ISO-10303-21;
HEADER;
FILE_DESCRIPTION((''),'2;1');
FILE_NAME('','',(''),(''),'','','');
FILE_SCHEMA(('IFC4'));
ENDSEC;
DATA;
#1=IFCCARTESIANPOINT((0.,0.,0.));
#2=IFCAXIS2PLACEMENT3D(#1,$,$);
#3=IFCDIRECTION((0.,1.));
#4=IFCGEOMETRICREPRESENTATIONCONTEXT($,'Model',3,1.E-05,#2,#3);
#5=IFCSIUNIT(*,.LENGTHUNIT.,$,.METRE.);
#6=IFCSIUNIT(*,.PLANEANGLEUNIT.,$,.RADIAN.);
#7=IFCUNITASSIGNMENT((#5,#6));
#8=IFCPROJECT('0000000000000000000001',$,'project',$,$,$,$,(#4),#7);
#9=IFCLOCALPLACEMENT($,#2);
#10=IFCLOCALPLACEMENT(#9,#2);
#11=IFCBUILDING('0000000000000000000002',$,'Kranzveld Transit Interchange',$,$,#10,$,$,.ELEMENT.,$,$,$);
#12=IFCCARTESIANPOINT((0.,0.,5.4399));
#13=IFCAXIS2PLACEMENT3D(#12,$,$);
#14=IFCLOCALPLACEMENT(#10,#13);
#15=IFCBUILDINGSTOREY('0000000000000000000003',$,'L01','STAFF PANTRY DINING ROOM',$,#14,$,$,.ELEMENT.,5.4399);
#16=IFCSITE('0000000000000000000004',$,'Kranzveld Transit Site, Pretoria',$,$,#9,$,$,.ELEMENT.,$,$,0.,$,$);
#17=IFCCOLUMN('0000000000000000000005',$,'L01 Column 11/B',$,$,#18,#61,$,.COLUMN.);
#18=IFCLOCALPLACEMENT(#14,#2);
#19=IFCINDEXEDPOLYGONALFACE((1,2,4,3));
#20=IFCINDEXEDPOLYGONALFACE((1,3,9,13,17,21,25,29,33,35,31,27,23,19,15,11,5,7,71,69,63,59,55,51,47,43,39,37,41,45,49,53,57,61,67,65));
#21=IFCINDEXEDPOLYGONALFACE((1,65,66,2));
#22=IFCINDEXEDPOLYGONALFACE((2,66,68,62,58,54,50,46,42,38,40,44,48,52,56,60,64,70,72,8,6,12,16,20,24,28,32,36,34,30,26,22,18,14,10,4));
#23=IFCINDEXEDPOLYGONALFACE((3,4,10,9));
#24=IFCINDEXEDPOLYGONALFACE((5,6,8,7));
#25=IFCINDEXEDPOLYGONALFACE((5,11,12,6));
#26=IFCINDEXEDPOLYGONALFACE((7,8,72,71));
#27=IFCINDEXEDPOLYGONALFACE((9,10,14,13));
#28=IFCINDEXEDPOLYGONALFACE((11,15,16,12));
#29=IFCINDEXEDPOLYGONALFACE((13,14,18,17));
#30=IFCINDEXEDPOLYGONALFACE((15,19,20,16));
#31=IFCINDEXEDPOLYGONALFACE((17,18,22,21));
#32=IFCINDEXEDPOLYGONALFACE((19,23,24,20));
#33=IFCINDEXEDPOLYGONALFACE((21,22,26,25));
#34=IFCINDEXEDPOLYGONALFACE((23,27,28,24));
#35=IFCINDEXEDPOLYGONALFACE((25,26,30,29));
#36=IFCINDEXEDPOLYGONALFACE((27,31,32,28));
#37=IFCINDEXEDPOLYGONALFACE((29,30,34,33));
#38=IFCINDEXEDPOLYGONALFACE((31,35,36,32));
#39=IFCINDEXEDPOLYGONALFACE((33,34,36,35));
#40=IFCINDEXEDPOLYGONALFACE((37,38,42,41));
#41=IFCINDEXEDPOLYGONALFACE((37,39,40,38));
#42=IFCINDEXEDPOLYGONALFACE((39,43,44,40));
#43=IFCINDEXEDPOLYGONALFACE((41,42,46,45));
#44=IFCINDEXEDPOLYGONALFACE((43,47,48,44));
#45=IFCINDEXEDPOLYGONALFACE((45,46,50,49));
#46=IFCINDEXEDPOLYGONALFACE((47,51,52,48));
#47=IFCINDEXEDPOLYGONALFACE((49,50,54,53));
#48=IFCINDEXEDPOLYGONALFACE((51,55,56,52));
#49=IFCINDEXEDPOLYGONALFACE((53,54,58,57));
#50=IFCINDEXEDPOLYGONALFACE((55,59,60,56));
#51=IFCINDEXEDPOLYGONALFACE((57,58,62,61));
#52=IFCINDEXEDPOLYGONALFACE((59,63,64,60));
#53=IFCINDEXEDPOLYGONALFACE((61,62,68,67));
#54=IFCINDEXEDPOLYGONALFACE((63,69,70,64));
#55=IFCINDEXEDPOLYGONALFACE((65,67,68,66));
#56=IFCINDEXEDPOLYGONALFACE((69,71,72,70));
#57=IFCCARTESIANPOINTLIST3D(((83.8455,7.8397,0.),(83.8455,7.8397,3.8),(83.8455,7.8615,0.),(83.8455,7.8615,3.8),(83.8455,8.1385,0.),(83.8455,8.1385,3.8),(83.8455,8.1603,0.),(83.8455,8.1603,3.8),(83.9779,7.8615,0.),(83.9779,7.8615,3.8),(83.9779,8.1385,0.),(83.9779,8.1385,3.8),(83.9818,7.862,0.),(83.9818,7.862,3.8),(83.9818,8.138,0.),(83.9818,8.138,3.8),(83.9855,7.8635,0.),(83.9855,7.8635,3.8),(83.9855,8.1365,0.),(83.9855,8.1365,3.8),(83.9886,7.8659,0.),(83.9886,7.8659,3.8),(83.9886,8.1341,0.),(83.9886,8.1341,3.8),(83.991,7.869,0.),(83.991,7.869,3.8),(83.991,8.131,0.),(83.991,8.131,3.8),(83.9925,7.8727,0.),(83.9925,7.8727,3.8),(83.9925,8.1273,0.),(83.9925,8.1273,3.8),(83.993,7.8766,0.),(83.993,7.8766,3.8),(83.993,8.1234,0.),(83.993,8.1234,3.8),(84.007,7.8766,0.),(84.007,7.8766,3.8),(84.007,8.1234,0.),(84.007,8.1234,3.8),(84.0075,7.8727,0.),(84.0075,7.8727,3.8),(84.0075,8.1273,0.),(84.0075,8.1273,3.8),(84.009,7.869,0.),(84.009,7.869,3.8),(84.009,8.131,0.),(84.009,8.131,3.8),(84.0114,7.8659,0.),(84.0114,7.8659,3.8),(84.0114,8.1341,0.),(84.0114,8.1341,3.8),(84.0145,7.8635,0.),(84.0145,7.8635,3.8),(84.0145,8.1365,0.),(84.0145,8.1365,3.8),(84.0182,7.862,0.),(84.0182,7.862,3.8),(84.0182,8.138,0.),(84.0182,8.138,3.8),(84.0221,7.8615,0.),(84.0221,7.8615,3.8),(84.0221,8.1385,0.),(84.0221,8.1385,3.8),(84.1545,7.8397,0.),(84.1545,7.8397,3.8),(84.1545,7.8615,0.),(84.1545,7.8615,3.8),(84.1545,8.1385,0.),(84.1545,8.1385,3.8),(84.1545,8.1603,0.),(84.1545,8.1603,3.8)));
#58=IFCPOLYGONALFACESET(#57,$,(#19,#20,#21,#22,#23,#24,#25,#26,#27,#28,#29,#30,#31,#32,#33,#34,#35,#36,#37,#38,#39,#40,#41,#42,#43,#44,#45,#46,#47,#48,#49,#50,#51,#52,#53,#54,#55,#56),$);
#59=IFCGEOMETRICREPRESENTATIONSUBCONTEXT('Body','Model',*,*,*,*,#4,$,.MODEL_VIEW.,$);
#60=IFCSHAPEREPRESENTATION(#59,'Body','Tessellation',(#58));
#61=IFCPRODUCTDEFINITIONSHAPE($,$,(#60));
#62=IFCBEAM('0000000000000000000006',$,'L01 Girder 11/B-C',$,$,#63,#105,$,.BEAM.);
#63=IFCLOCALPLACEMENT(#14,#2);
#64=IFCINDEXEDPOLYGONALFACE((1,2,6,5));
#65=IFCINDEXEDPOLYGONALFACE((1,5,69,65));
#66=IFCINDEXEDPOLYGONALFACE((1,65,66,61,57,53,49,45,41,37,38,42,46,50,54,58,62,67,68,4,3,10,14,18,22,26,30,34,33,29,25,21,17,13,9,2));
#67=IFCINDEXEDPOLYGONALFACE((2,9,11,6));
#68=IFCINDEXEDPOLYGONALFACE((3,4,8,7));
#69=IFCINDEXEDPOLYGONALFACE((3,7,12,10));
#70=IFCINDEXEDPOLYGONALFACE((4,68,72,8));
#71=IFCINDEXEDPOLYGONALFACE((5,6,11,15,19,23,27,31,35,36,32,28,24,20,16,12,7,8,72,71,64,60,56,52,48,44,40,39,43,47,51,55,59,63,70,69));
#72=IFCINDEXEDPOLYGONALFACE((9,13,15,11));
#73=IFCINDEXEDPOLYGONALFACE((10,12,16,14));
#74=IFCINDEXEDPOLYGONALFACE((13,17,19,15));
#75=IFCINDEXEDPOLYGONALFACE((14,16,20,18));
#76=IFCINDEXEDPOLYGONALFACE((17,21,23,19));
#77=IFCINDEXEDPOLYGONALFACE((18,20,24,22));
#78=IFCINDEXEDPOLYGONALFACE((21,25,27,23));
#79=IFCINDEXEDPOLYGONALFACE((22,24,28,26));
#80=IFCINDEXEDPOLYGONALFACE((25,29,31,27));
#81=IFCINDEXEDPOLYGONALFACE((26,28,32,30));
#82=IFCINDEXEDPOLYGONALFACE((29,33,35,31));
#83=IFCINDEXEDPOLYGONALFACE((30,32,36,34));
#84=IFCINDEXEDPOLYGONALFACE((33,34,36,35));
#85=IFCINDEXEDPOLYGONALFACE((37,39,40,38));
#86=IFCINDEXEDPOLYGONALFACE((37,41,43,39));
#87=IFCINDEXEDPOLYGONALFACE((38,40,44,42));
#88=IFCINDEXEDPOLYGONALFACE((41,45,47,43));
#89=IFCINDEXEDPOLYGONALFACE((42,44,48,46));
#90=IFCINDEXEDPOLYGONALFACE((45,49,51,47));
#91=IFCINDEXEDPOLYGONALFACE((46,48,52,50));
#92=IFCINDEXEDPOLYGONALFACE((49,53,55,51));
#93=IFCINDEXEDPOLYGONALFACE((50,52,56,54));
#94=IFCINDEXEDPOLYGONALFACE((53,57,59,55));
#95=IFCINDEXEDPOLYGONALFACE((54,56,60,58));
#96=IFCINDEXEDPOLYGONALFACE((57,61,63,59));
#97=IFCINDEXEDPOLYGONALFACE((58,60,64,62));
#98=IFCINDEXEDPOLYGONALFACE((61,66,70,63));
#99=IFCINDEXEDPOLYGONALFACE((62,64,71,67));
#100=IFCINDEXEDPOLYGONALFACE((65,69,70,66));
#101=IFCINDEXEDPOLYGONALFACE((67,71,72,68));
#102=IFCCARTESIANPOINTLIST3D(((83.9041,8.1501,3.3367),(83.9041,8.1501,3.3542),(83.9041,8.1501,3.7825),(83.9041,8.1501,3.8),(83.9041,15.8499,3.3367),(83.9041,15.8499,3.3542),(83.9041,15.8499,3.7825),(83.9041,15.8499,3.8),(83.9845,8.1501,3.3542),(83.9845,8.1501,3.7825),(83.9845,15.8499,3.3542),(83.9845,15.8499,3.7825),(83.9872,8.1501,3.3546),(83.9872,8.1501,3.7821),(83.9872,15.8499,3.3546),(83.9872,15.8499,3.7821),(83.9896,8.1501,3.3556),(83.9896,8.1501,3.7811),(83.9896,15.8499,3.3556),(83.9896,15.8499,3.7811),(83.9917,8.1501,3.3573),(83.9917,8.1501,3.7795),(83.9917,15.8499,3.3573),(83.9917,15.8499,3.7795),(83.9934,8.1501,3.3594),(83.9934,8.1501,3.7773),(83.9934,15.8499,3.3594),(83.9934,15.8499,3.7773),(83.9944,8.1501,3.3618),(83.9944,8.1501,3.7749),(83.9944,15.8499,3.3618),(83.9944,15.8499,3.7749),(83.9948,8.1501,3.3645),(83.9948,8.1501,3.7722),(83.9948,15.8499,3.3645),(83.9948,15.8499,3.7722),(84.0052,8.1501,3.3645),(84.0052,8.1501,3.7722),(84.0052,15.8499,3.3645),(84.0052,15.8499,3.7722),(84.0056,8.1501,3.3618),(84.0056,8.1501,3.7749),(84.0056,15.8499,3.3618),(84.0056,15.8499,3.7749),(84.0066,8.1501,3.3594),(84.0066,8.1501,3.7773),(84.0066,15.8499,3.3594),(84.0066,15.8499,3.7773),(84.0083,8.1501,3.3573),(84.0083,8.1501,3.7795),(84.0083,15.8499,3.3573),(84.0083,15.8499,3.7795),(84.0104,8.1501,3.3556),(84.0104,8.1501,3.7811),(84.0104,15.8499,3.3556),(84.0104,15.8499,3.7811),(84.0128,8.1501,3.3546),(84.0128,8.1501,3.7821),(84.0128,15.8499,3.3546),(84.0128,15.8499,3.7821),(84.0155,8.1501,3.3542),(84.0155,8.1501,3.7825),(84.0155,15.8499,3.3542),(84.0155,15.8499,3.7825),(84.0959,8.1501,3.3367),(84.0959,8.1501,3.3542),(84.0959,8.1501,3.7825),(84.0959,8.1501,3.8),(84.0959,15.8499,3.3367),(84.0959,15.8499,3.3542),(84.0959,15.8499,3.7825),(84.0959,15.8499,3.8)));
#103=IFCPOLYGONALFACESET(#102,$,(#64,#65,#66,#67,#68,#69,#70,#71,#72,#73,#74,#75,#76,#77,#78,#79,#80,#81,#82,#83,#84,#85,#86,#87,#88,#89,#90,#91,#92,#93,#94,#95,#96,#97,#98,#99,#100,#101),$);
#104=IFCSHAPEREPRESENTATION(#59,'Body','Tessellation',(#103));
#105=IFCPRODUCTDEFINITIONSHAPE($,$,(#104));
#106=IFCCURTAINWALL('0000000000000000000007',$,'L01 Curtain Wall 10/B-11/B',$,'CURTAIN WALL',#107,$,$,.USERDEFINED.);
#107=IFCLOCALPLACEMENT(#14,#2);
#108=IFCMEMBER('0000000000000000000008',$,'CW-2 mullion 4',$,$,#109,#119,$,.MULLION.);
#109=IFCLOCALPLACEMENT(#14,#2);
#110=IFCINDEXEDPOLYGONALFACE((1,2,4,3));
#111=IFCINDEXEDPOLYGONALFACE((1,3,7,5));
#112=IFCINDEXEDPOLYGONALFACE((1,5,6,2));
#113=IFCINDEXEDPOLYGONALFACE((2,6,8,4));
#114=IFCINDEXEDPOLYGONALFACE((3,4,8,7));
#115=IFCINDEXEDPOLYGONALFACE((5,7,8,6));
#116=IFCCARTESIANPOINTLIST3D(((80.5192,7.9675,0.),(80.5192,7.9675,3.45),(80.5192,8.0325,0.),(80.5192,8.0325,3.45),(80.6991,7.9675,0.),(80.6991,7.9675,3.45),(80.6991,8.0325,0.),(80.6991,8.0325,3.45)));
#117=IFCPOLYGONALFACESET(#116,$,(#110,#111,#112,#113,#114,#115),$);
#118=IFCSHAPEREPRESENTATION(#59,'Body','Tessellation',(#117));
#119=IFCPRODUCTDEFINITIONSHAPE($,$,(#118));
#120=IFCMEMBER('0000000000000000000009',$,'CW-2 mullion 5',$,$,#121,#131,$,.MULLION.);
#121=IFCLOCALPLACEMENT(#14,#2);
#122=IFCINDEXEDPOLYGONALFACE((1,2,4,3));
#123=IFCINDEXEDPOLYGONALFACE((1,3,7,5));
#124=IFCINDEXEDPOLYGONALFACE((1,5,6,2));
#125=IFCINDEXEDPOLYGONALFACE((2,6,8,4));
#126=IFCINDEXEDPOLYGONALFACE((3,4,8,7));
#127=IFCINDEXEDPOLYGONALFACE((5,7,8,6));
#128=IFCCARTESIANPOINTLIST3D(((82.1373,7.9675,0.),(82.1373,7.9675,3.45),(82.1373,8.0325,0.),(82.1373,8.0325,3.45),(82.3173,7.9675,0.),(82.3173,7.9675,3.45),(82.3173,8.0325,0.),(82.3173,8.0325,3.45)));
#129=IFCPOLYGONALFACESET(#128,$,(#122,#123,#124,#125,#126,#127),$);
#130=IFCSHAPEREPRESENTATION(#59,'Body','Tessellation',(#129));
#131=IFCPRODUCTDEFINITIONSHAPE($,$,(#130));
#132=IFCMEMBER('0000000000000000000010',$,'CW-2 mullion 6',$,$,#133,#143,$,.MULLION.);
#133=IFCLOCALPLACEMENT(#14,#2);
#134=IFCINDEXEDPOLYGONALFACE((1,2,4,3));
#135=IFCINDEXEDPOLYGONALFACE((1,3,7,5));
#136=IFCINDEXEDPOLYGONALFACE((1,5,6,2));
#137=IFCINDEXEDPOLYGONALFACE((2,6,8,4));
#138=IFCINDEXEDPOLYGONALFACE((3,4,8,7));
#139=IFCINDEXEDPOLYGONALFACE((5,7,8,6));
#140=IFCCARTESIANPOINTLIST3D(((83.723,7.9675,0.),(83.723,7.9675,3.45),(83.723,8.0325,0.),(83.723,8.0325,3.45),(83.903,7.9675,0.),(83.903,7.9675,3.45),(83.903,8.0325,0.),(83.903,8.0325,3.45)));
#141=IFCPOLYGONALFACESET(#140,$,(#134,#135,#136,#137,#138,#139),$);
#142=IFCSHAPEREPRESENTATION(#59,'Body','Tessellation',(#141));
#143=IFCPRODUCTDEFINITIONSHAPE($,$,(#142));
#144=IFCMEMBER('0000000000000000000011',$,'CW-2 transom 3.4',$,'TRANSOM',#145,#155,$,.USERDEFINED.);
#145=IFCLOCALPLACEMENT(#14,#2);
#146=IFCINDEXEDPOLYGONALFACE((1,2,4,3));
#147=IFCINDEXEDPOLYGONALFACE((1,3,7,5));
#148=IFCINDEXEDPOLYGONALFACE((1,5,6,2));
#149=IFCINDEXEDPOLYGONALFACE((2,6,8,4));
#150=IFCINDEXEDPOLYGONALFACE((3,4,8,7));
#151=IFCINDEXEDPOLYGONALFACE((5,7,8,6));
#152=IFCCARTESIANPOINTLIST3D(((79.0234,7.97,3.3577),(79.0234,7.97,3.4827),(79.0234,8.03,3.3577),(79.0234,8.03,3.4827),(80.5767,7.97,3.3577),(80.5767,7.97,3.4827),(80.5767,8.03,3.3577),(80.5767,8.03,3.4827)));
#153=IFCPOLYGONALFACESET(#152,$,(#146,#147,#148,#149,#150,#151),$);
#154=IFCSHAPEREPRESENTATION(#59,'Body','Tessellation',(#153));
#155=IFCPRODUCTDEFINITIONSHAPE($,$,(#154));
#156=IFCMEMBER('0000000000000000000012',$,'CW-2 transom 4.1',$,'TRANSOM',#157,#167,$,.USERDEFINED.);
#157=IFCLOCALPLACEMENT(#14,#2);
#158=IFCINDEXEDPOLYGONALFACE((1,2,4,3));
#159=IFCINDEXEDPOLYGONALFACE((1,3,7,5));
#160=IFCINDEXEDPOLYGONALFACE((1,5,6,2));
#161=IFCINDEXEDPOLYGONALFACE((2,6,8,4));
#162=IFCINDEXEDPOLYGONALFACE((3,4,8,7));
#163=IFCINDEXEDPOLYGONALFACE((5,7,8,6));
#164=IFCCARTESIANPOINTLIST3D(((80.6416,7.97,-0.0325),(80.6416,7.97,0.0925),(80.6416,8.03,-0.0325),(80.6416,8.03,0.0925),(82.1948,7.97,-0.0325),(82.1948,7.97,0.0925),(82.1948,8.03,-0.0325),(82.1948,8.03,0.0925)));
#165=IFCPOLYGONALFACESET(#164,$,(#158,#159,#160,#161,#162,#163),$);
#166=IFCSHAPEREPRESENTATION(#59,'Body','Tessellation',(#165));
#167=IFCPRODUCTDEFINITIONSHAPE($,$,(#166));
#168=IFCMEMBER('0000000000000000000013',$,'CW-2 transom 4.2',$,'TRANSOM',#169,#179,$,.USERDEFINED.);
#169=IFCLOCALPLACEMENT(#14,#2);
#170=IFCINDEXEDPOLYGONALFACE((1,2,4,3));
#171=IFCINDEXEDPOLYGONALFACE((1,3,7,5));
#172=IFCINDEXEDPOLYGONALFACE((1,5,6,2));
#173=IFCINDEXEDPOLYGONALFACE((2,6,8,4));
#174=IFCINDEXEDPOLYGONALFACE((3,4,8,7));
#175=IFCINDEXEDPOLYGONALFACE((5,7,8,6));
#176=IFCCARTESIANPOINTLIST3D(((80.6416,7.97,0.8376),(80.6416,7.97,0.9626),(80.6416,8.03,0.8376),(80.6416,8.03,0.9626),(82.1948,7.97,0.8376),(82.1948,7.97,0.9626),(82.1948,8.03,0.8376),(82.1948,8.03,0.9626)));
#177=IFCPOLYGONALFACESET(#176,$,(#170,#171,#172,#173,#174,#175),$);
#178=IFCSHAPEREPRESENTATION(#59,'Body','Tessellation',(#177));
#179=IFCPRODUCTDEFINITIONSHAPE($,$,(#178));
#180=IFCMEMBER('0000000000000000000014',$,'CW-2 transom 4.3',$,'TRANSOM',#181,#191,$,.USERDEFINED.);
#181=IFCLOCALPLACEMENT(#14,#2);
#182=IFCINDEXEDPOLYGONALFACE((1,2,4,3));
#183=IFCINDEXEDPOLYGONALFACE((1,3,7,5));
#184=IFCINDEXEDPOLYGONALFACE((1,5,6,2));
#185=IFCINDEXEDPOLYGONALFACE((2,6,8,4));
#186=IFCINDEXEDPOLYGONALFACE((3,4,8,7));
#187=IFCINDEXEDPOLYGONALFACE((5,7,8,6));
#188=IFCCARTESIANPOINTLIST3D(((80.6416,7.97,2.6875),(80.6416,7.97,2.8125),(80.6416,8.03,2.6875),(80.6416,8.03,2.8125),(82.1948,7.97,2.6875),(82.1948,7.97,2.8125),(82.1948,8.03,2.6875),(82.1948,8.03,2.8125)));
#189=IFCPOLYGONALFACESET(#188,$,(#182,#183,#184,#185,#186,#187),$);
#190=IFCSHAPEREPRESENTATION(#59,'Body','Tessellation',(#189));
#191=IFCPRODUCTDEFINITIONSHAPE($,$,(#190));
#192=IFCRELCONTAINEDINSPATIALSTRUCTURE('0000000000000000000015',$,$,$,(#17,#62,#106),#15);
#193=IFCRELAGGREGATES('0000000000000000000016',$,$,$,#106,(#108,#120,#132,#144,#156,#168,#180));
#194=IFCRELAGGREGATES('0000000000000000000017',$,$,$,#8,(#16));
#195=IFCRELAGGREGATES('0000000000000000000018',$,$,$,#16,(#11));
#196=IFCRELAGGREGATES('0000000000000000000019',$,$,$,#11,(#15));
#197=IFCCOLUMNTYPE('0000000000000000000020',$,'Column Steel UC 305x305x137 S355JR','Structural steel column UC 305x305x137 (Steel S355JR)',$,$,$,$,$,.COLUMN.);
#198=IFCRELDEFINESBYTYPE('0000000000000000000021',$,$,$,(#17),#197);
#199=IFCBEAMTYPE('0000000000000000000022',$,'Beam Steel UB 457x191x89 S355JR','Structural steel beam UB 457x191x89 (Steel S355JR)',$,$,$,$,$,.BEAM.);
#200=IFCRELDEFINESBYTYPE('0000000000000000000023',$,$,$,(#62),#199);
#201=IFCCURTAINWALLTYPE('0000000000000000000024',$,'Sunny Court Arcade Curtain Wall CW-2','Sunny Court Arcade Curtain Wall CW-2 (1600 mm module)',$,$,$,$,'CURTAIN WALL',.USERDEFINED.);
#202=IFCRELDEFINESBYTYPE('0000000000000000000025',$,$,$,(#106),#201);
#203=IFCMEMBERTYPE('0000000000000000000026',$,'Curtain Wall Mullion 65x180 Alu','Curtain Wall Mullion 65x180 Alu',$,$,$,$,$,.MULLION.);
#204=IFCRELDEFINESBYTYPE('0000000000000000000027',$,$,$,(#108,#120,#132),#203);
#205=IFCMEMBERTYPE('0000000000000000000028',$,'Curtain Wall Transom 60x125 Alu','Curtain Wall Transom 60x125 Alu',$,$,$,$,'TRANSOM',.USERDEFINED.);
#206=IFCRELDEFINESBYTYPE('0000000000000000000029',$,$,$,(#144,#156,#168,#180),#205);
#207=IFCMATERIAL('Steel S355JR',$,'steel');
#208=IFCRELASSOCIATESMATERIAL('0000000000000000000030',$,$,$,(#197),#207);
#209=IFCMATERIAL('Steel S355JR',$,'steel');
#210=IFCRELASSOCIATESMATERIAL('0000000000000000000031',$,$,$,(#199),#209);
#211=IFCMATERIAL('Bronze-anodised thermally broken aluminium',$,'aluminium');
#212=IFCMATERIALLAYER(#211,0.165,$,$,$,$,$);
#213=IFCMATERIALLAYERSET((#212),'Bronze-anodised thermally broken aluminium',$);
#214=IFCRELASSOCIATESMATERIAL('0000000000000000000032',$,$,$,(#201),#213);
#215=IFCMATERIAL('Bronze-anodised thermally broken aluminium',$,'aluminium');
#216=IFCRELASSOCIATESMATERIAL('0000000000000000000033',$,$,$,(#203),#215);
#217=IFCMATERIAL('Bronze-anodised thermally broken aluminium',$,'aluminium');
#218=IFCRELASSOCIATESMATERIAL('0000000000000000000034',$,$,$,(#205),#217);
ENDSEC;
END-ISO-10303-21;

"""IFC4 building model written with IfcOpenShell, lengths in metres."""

from ifc_helpers import new_model, si_unit, direction, frame, origin, origin_2d, place, context, subcontext, project, spatial, rectangle, i_section, extrude, material, layer, layer_set, material_profile, profile_set, type_object, element, aggregate, save


model = new_model("IFC4")

# Units and contexts
model_context = context("Model", 3, precision=1e-05, world=origin(), true_north=direction((0.0, 1.0)))
body_context = subcontext(model_context, "Body", "Model", "MODEL_VIEW")
ifc_project = project(units=[si_unit("LENGTHUNIT", "METRE"), si_unit("PLANEANGLEUNIT", "RADIAN")], contexts=[model_context])

# Site, building, storey
site_placement = place(None, origin())
site = spatial("IfcSite", under=ifc_project, at=site_placement, Name="Kranzveld Transit Site, Pretoria", CompositionType="ELEMENT", RefElevation=0.0)
building_placement = place(site_placement, origin())
building = spatial("IfcBuilding", under=site, at=building_placement, Name="Kranzveld Transit Interchange", CompositionType="ELEMENT")
storey_placement = place(building_placement, frame((0.0, 0.0, 5.4399)))
storey = spatial("IfcBuildingStorey", under=building, at=storey_placement, Name="L01", Description="STAFF PANTRY DINING ROOM", CompositionType="ELEMENT", Elevation=5.4399)

# Column
ifc_material_1 = material(Name="Steel S355JR", Category="steel")
ifc_material_profile_1 = material_profile(ifc_material_1, i_section(OverallWidth=0.3091, OverallDepth=0.3206, WebThickness=0.0139, FlangeThickness=0.0217, FilletRadius=0.0151, at=origin_2d()), Name="UC 305x305x137")
ifc_profile_set_1 = profile_set([ifc_material_profile_1], Name="Steel S355JR")
column_type = type_object("IfcColumnType", Name="Column Steel UC 305x305x137 S355JR", Description="Structural steel column UC 305x305x137 (Steel S355JR)", PredefinedType="COLUMN", material=ifc_profile_set_1)
column_placement = place(storey_placement, frame((84.0, 8.0, 0.0), z_axis=(0.0, 0.0, 1.0), x_axis=(1.0, 0.0, 0.0)))
element("IfcColumn", 1, at=column_placement, inside=storey, type_object=column_type, Name="L01 Column 11/B", PredefinedType="COLUMN", context=body_context, shape_type="SweptSolid", body=[
    extrude(i_section(OverallWidth=0.3091, OverallDepth=0.3206, WebThickness=0.0139, FlangeThickness=0.0217, FilletRadius=0.0151, at=origin_2d()), origin(), (0.0, 0.0, 1.0), 3.8),
])

# Beam
ifc_material_2 = material(Name="Steel S355JR", Category="steel")
ifc_material_profile_2 = material_profile(ifc_material_2, i_section(OverallWidth=0.1919, OverallDepth=0.4634, WebThickness=0.0105, FlangeThickness=0.0176, FilletRadius=0.0103, at=origin_2d()), Name="UB 457x191x89")
ifc_profile_set_2 = profile_set([ifc_material_profile_2], Name="Steel S355JR")
beam_type_1 = type_object("IfcBeamType", Name="Beam Steel UB 457x191x89 S355JR", Description="Structural steel beam UB 457x191x89 (Steel S355JR)", PredefinedType="BEAM", material=ifc_profile_set_2)
beam_1_placement = place(storey_placement, frame((84.0, 8.1501, 3.5684), z_axis=(0.0, 1.0, 0.0), x_axis=(-1.0, 0.0, 0.0)))
element("IfcBeam", 2, at=beam_1_placement, inside=storey, type_object=beam_type_1, Name="L01 Girder 11/B-C", PredefinedType="BEAM", context=body_context, shape_type="SweptSolid", body=[
    extrude(i_section(OverallWidth=0.1919, OverallDepth=0.4634, WebThickness=0.0105, FlangeThickness=0.0176, FilletRadius=0.0103, at=origin_2d()), origin(), (0.0, 0.0, 1.0), 7.6997),
])

# Curtain wall, members
ifc_material_3 = material(Name="Bronze-anodised thermally broken aluminium", Category="aluminium")
ifc_layer_1 = layer(ifc_material_3, 0.165)
ifc_layer_set_1 = layer_set([ifc_layer_1], Name="Bronze-anodised thermally broken aluminium")
curtain_wall_type = type_object("IfcCurtainWallType", Name="Sunny Court Arcade Curtain Wall CW-2", Description="Sunny Court Arcade Curtain Wall CW-2 (1600 mm module)", ElementType="CURTAIN WALL", PredefinedType="USERDEFINED", material=ifc_layer_set_1)
curtain_wall_placement = place(storey_placement, origin())
curtain_wall = element("IfcCurtainWall", 3, at=curtain_wall_placement, inside=storey, type_object=curtain_wall_type, Name="L01 Curtain Wall 10/B-11/B", ObjectType="CURTAIN WALL", PredefinedType="USERDEFINED")
ifc_material_4 = material(Name="Bronze-anodised thermally broken aluminium", Category="aluminium")
ifc_material_profile_3 = material_profile(ifc_material_4, rectangle(XDim=0.0649, YDim=0.1799, at=origin_2d()), Name="ALU MULLION 65x180")
ifc_profile_set_3 = profile_set([ifc_material_profile_3], Name="Bronze-anodised thermally broken aluminium")
member_type_1 = type_object("IfcMemberType", Name="Curtain Wall Mullion 65x180 Alu", Description="Curtain Wall Mullion 65x180 Alu", PredefinedType="MULLION", material=ifc_profile_set_3)
member_1_placement = place(storey_placement, frame((80.6091, 8.0, 0.0), z_axis=(0.0, 0.0, 1.0), x_axis=(0.0, 1.0, 0.0)))
member_1 = element("IfcMember", 4, at=member_1_placement, type_object=member_type_1, Name="CW-2 mullion 4", PredefinedType="MULLION", context=body_context, shape_type="SweptSolid", body=[
    extrude(rectangle(XDim=0.0649, YDim=0.1799, at=origin_2d()), origin(), (0.0, 0.0, 1.0), 3.45),
])
member_2_placement = place(storey_placement, frame((82.2273, 8.0, 0.0), z_axis=(0.0, 0.0, 1.0), x_axis=(0.0, 1.0, 0.0)))
member_2 = element("IfcMember", 5, at=member_2_placement, type_object=member_type_1, Name="CW-2 mullion 5", PredefinedType="MULLION", context=body_context, shape_type="SweptSolid", body=[
    extrude(rectangle(XDim=0.0649, YDim=0.1799, at=origin_2d()), origin(), (0.0, 0.0, 1.0), 3.45),
])
member_3_placement = place(storey_placement, frame((83.813, 8.0, 0.0), z_axis=(0.0, 0.0, 1.0), x_axis=(0.0, 1.0, 0.0)))
member_3 = element("IfcMember", 6, at=member_3_placement, type_object=member_type_1, Name="CW-2 mullion 6", PredefinedType="MULLION", context=body_context, shape_type="SweptSolid", body=[
    extrude(rectangle(XDim=0.0649, YDim=0.1799, at=origin_2d()), origin(), (0.0, 0.0, 1.0), 3.45),
])
ifc_material_5 = material(Name="Bronze-anodised thermally broken aluminium", Category="aluminium")
ifc_material_profile_4 = material_profile(ifc_material_5, rectangle(XDim=0.0601, YDim=0.125, at=origin_2d()), Name="ALU TRANSOM 60x125")
ifc_profile_set_4 = profile_set([ifc_material_profile_4], Name="Bronze-anodised thermally broken aluminium")
member_type_2 = type_object("IfcMemberType", Name="Curtain Wall Transom 60x125 Alu", Description="Curtain Wall Transom 60x125 Alu", ElementType="TRANSOM", PredefinedType="USERDEFINED", material=ifc_profile_set_4)
member_4_placement = place(storey_placement, frame((79.0234, 8.0, 3.4202), z_axis=(1.0, 0.0, 0.0), x_axis=(0.0, 1.0, 0.0)))
member_4 = element("IfcMember", 7, at=member_4_placement, type_object=member_type_2, Name="CW-2 transom 3.4", ObjectType="TRANSOM", PredefinedType="USERDEFINED", context=body_context, shape_type="SweptSolid", body=[
    extrude(rectangle(XDim=0.0601, YDim=0.125, at=origin_2d()), origin(), (0.0, 0.0, 1.0), 1.5532),
])
member_5_placement = place(storey_placement, frame((80.6416, 8.0, 0.03), z_axis=(1.0, 0.0, 0.0), x_axis=(0.0, 1.0, 0.0)))
member_5 = element("IfcMember", 8, at=member_5_placement, type_object=member_type_2, Name="CW-2 transom 4.1", ObjectType="TRANSOM", PredefinedType="USERDEFINED", context=body_context, shape_type="SweptSolid", body=[
    extrude(rectangle(XDim=0.0601, YDim=0.125, at=origin_2d()), origin(), (0.0, 0.0, 1.0), 1.5532),
])
member_6_placement = place(storey_placement, frame((80.6416, 8.0, 0.9001), z_axis=(1.0, 0.0, 0.0), x_axis=(0.0, 1.0, 0.0)))
member_6 = element("IfcMember", 9, at=member_6_placement, type_object=member_type_2, Name="CW-2 transom 4.2", ObjectType="TRANSOM", PredefinedType="USERDEFINED", context=body_context, shape_type="SweptSolid", body=[
    extrude(rectangle(XDim=0.0601, YDim=0.125, at=origin_2d()), origin(), (0.0, 0.0, 1.0), 1.5532),
])
member_7_placement = place(storey_placement, frame((80.6416, 8.0, 2.75), z_axis=(1.0, 0.0, 0.0), x_axis=(0.0, 1.0, 0.0)))
member_7 = element("IfcMember", 10, at=member_7_placement, type_object=member_type_2, Name="CW-2 transom 4.3", ObjectType="TRANSOM", PredefinedType="USERDEFINED", context=body_context, shape_type="SweptSolid", body=[
    extrude(rectangle(XDim=0.0601, YDim=0.125, at=origin_2d()), origin(), (0.0, 0.0, 1.0), 1.5532),
])

aggregate(curtain_wall, [member_1, member_2, member_3, member_4, member_5, member_6, member_7])

save(model, "model.ifc")
